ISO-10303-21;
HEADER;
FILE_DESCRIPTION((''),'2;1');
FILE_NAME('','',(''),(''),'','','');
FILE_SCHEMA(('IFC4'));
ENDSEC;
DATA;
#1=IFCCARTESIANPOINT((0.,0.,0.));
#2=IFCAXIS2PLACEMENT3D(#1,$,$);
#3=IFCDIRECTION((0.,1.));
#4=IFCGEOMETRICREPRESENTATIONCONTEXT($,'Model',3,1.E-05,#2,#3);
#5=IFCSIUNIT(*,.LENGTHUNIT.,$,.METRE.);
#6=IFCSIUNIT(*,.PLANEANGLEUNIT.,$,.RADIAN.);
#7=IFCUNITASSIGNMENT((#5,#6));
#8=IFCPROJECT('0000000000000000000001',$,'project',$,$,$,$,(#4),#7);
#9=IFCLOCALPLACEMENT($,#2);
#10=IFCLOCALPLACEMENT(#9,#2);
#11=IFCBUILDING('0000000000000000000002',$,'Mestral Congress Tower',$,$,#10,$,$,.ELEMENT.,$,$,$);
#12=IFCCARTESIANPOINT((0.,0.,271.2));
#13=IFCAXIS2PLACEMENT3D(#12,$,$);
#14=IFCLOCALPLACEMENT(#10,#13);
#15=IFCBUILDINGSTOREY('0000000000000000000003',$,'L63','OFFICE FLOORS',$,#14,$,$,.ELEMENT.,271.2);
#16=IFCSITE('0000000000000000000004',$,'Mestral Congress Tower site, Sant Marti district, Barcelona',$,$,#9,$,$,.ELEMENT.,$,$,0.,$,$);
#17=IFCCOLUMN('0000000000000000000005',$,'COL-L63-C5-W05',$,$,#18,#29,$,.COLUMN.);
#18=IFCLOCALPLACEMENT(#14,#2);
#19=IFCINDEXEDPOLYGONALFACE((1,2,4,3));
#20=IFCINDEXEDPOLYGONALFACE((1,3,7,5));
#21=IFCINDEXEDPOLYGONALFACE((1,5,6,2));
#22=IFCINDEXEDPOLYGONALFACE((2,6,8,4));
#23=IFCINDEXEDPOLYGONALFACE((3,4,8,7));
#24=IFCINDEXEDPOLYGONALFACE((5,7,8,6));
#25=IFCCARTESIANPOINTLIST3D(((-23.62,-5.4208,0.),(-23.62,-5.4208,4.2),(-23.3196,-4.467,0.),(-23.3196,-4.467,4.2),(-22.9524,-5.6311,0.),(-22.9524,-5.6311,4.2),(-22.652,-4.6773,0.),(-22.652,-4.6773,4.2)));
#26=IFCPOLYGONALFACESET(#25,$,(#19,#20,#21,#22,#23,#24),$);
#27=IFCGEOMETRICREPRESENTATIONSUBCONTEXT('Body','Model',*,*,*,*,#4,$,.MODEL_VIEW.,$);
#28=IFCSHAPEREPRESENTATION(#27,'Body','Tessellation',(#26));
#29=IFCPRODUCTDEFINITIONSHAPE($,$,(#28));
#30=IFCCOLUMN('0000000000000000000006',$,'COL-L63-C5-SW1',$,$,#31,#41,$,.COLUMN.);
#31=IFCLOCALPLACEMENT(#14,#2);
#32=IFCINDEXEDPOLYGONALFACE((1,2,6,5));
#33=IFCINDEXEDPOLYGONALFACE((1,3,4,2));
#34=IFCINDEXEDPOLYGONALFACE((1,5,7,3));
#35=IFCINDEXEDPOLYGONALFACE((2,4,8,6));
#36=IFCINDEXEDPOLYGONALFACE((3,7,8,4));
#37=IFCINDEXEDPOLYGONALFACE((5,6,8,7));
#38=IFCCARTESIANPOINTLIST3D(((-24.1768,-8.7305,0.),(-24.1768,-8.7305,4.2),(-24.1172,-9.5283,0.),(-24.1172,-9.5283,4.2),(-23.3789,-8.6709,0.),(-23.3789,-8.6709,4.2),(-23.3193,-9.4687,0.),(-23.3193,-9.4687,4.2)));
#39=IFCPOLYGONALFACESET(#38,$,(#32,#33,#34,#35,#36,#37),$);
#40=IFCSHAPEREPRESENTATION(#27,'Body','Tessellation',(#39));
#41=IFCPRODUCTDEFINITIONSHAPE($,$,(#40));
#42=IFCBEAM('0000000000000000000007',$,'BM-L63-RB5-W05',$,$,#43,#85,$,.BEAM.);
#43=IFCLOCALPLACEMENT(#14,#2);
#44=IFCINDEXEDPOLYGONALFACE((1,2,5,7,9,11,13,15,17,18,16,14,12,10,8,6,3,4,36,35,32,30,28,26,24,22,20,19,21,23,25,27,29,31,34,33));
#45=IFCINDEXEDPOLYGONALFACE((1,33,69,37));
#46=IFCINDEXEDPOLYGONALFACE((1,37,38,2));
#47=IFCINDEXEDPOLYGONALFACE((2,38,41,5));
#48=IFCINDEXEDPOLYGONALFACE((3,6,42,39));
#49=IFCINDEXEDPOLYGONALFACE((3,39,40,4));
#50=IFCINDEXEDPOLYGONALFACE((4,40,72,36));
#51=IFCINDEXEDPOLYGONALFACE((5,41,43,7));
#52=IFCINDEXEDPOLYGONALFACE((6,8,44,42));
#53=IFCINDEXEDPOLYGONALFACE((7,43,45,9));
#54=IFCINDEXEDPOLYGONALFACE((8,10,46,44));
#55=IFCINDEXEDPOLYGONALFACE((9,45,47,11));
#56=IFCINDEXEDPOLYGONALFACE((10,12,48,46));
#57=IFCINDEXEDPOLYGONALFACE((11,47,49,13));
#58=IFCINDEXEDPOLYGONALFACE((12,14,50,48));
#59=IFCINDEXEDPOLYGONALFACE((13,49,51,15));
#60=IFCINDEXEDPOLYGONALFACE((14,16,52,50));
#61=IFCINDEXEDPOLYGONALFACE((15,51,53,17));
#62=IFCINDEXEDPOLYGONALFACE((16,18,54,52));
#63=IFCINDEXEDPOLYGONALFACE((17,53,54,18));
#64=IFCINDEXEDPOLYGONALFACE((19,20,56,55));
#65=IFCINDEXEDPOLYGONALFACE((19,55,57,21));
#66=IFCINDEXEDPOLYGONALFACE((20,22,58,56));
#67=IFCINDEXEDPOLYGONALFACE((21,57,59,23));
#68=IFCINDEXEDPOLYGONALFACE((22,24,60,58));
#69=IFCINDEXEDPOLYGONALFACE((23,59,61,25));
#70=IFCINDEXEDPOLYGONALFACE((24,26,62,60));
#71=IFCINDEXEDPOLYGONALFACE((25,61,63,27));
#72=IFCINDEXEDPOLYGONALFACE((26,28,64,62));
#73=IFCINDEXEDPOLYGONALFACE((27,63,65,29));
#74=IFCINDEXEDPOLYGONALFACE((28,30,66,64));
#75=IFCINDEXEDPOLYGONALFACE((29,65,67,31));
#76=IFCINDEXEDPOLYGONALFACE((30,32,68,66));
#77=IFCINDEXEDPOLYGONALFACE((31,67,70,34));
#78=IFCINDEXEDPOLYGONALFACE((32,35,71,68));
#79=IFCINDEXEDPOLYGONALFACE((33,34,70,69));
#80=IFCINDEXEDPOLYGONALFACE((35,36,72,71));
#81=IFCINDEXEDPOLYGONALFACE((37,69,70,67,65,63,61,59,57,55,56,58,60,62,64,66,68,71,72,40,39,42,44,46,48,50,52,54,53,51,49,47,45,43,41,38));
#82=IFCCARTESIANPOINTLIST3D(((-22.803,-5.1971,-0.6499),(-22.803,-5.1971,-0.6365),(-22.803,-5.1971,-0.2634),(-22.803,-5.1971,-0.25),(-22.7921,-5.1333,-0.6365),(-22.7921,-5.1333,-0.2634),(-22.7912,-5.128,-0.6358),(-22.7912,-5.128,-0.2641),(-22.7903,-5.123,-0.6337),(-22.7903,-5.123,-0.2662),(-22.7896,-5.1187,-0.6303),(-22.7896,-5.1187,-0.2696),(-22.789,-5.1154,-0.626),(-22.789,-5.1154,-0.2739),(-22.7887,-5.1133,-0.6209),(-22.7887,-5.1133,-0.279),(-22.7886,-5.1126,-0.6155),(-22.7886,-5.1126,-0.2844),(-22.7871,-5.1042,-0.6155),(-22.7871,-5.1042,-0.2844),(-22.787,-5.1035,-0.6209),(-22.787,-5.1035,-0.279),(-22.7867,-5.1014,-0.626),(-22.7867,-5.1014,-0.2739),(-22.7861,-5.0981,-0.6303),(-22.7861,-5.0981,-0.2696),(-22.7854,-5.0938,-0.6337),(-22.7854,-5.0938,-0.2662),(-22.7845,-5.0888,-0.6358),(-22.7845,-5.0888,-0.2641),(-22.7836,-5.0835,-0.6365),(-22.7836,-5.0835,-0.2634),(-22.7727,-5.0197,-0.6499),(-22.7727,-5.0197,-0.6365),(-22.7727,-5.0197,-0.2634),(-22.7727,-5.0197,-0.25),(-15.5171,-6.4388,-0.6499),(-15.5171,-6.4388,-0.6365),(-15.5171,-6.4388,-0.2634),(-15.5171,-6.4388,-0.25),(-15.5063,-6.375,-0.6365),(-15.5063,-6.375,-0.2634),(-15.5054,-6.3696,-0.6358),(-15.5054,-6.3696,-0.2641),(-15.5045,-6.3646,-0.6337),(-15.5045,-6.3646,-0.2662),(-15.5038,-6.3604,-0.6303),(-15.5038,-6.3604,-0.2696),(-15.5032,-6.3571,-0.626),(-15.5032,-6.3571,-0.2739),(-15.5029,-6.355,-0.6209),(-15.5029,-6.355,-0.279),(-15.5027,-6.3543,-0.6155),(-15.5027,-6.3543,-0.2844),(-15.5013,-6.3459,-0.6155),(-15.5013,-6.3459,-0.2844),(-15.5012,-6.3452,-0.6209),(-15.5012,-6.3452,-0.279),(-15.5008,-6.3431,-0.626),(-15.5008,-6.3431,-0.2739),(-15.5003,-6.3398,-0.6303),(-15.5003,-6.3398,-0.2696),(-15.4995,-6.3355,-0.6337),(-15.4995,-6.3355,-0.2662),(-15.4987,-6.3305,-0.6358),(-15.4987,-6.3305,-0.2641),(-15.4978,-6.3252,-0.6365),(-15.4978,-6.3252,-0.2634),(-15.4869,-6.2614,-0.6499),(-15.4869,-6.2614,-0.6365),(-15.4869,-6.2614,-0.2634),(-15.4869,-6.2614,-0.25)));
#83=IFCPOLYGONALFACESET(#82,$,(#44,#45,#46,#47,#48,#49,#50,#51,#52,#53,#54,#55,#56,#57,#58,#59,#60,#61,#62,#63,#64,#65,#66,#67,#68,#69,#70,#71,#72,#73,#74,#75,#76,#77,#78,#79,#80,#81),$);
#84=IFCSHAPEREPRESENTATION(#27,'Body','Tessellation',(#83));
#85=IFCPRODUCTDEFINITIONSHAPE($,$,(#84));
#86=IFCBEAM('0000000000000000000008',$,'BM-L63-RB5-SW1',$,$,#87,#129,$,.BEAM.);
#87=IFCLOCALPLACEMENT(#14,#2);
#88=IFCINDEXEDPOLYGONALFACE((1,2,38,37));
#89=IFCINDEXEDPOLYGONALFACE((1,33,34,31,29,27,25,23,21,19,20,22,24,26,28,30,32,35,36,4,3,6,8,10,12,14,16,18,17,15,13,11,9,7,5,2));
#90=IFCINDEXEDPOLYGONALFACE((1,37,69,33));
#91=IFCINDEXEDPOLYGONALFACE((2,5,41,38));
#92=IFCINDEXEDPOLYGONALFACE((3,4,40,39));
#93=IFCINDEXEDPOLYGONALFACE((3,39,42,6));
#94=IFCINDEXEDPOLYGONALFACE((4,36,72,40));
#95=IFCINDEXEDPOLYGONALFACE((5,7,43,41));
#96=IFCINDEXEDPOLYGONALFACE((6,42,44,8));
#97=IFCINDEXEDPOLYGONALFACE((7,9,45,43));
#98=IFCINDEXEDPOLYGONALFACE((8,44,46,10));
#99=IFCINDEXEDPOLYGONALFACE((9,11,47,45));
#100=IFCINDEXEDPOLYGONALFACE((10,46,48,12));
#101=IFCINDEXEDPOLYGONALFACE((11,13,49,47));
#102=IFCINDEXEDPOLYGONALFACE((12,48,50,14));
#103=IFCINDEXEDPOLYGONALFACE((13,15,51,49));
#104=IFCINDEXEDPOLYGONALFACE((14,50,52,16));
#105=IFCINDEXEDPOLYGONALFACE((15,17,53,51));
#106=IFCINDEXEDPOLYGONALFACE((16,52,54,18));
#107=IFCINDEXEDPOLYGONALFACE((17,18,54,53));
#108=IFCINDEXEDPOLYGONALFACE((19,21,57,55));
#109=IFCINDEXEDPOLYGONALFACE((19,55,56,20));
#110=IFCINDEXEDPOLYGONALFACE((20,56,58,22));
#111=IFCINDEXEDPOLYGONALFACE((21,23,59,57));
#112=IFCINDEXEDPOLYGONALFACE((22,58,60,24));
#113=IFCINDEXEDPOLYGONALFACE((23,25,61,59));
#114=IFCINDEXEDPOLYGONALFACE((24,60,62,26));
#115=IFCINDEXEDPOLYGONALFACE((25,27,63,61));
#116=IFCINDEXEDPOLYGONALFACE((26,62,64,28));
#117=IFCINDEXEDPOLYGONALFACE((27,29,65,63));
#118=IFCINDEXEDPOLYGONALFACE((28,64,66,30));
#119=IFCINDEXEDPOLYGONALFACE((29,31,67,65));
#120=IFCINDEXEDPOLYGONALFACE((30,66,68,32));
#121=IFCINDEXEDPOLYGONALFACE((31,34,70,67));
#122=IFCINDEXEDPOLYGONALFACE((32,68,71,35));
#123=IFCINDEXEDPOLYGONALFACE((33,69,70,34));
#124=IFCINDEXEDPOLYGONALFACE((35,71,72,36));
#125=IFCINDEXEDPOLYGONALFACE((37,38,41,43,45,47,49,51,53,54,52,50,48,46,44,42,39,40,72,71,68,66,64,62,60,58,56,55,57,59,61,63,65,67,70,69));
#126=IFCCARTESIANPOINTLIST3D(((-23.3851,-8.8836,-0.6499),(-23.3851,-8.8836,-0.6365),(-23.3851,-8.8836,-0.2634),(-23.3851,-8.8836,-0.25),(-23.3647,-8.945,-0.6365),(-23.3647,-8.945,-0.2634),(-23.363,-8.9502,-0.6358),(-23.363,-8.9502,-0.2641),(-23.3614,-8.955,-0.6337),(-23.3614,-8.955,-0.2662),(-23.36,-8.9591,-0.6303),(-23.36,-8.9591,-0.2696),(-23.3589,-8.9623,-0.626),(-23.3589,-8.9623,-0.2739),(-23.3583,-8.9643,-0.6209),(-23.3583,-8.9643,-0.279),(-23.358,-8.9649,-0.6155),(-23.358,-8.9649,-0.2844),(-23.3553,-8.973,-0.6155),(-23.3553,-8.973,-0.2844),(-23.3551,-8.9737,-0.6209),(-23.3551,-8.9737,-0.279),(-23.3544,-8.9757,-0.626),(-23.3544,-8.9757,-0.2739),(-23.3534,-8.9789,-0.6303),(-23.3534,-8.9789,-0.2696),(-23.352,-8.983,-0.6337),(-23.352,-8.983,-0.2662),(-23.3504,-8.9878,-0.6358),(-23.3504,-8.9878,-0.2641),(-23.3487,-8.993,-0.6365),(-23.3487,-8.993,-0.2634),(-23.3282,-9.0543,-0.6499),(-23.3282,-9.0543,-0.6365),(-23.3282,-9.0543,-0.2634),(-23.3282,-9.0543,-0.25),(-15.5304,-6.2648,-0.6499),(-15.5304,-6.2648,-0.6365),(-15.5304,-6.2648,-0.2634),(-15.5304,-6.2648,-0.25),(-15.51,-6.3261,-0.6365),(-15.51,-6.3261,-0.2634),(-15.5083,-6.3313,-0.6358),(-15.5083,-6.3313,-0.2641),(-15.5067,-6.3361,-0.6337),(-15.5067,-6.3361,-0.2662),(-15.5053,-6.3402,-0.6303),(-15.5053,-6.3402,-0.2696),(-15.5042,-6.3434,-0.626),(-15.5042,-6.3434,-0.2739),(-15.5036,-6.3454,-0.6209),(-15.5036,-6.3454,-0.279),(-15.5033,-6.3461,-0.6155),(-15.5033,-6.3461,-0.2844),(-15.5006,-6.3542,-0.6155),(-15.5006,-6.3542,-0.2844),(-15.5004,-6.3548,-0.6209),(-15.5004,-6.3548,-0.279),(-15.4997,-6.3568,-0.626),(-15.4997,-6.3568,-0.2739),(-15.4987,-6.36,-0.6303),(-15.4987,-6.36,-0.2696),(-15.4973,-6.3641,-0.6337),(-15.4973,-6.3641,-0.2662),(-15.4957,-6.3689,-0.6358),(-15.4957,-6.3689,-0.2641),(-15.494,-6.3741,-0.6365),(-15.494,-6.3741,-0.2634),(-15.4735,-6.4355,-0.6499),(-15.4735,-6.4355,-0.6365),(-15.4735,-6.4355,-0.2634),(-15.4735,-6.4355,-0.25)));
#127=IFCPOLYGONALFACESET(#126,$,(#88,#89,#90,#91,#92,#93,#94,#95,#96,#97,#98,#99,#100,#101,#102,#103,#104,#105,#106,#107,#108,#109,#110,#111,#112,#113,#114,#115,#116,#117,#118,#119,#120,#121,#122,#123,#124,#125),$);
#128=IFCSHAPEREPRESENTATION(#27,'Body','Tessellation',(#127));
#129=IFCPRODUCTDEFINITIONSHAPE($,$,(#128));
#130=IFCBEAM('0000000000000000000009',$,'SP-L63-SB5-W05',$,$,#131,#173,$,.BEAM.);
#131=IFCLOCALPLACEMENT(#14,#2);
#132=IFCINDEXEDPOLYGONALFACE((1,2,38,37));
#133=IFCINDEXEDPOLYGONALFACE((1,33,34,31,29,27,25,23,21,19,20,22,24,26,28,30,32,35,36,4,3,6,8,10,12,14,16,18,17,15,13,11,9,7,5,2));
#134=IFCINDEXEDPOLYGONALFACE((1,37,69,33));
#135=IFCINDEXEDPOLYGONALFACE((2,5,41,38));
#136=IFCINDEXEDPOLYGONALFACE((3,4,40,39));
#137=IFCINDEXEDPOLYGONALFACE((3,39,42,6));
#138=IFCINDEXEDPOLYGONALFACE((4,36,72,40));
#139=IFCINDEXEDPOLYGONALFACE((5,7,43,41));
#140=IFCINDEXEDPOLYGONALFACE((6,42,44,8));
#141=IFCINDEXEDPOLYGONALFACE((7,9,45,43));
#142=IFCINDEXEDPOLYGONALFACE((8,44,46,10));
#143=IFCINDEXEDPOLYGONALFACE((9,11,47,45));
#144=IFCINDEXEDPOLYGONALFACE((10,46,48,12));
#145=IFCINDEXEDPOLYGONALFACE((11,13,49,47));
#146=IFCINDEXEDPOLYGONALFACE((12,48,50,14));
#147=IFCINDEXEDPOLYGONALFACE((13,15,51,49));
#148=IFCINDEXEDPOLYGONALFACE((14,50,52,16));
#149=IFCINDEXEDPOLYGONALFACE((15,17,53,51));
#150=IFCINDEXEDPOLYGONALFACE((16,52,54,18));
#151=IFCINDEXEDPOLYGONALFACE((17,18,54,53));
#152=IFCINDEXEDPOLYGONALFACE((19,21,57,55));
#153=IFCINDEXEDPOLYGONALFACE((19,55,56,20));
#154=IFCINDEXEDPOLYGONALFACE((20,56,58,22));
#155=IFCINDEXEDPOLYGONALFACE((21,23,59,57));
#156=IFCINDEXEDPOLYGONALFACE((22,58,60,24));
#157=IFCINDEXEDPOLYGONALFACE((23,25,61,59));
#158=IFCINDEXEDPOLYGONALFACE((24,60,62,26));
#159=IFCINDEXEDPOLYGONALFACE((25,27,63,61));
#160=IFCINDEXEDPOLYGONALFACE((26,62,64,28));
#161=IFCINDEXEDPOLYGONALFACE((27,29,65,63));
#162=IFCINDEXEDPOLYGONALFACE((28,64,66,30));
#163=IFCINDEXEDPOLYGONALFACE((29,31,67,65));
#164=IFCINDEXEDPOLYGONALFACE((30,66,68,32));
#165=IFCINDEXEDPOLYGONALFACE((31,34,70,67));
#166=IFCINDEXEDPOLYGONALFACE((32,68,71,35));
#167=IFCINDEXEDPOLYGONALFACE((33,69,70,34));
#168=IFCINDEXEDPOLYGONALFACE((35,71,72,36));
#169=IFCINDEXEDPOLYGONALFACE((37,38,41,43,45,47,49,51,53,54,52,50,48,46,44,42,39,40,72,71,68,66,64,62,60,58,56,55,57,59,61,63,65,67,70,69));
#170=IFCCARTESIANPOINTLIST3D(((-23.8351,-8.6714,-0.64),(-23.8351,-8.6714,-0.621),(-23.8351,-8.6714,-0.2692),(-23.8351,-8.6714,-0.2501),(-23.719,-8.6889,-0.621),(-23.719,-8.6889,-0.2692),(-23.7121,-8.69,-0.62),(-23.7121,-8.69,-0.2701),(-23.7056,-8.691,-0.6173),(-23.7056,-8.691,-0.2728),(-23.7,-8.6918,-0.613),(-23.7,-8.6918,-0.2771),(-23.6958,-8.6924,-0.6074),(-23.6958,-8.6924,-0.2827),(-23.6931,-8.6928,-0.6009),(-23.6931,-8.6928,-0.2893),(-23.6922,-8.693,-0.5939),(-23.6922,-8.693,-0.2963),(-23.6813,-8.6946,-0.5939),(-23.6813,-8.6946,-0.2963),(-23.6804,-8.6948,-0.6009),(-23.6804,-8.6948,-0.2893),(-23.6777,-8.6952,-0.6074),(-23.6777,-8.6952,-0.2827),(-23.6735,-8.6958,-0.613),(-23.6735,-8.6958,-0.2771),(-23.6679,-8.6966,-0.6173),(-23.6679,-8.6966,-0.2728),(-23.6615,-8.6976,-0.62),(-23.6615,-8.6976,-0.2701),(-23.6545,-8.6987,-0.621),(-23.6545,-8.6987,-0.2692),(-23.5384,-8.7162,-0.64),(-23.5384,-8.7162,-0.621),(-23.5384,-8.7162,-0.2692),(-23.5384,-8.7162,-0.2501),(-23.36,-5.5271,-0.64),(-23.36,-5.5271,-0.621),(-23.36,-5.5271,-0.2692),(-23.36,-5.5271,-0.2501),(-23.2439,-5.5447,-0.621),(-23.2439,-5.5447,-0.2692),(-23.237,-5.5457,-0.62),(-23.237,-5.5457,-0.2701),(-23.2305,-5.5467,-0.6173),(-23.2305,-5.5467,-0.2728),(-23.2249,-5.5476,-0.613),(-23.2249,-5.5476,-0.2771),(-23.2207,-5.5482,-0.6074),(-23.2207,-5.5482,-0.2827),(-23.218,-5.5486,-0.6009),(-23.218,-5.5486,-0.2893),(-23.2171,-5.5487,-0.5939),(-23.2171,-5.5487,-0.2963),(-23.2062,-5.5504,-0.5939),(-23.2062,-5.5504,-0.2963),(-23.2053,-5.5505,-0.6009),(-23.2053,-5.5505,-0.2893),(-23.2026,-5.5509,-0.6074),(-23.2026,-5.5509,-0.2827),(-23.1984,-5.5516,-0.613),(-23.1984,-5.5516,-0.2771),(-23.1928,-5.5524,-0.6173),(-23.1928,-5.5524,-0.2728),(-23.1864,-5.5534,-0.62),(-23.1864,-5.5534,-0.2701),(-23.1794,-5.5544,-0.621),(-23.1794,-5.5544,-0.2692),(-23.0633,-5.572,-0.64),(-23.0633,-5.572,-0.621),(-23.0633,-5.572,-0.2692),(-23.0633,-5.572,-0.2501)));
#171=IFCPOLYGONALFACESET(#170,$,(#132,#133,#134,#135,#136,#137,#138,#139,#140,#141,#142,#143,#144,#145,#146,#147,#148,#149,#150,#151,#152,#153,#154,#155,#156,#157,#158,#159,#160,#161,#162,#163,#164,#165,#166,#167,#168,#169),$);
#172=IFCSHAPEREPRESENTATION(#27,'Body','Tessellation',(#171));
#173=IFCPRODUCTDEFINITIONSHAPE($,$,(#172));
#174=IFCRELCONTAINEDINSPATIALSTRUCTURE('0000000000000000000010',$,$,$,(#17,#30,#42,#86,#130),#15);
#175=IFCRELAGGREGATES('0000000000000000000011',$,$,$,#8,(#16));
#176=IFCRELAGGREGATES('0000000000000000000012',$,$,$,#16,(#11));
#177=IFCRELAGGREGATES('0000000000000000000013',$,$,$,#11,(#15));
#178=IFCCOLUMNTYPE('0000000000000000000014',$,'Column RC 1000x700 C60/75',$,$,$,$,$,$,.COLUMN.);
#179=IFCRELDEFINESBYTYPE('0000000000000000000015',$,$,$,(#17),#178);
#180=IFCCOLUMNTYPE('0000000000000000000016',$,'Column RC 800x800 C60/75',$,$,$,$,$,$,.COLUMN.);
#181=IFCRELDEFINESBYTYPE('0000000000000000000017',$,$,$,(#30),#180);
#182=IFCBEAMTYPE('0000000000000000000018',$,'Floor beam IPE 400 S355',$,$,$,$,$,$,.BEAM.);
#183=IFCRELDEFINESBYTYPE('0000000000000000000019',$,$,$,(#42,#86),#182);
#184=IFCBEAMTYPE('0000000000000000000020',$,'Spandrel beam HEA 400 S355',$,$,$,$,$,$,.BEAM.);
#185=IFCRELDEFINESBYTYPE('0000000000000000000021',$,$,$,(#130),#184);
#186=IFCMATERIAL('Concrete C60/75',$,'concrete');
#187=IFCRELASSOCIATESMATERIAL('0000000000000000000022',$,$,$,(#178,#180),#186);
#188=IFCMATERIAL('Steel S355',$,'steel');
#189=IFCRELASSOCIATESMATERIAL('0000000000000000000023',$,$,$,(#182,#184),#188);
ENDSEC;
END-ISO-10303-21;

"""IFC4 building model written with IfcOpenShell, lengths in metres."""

from ifc_helpers import new_model, si_unit, direction, frame, origin, origin_2d, place, context, subcontext, project, spatial, rectangle, i_section, extrude, material, material_profile, profile_set, type_object, element, save


model = new_model("IFC4")

# Units and contexts
model_context = context("Model", 3, precision=1e-05, world=origin(), true_north=direction((0.0, 1.0)))
body_context = subcontext(model_context, "Body", "Model", "MODEL_VIEW")
ifc_project = project(units=[si_unit("LENGTHUNIT", "METRE"), si_unit("PLANEANGLEUNIT", "RADIAN")], contexts=[model_context])

# Site, building, storey
site_placement = place(None, origin())
site = spatial("IfcSite", under=ifc_project, at=site_placement, Name="Mestral Congress Tower site, Sant Marti district, Barcelona", CompositionType="ELEMENT", RefElevation=0.0)
building_placement = place(site_placement, origin())
building = spatial("IfcBuilding", under=site, at=building_placement, Name="Mestral Congress Tower", CompositionType="ELEMENT")
storey_placement = place(building_placement, frame((0.0, 0.0, 271.2)))
storey = spatial("IfcBuildingStorey", under=building, at=storey_placement, Name="L63", Description="OFFICE FLOORS", CompositionType="ELEMENT", Elevation=271.2)

# Columns
ifc_material_1 = material(Name="Concrete C60/75", Category="concrete")
ifc_material_profile_1 = material_profile(ifc_material_1, rectangle(XDim=1.0, YDim=0.7, at=origin_2d()), Name="RC 1000x700")
ifc_profile_set_1 = profile_set([ifc_material_profile_1], Name="Concrete C60/75")
column_type_1 = type_object("IfcColumnType", Name="Column RC 1000x700 C60/75", PredefinedType="COLUMN", material=ifc_profile_set_1)
column_1_placement = place(storey_placement, frame((-23.136, -5.0491, 0.0), z_axis=(0.0, 0.0, 1.0), x_axis=(-0.300431, -0.953804, 0.0)))
element("IfcColumn", 1, at=column_1_placement, inside=storey, type_object=column_type_1, Name="COL-L63-C5-W05", PredefinedType="COLUMN", context=body_context, shape_type="SweptSolid", body=[
    extrude(rectangle(XDim=1.0, YDim=0.7, at=origin_2d()), origin(), (0.0, 0.0, 1.0), 4.2),
])
ifc_material_profile_2 = material_profile(ifc_material_1, rectangle(XDim=0.8, YDim=0.8, at=origin_2d()), Name="RC 800x800")
ifc_profile_set_2 = profile_set([ifc_material_profile_2], Name="Concrete C60/75")
column_type_2 = type_object("IfcColumnType", Name="Column RC 800x800 C60/75", PredefinedType="COLUMN", material=ifc_profile_set_2)
column_2_placement = place(storey_placement, frame((-23.748, -9.0996, 0.0), z_axis=(0.0, 0.0, 1.0), x_axis=(0.074511, -0.99722, 0.0)))
element("IfcColumn", 2, at=column_2_placement, inside=storey, type_object=column_type_2, Name="COL-L63-C5-SW1", PredefinedType="COLUMN", context=body_context, shape_type="SweptSolid", body=[
    extrude(rectangle(XDim=0.8, YDim=0.8, at=origin_2d()), origin(), (0.0, 0.0, 1.0), 4.2),
])

# Beams
ifc_material_2 = material(Name="Steel S355", Category="steel")
ifc_material_profile_3 = material_profile(ifc_material_2, i_section(OverallWidth=0.1799, OverallDepth=0.3999, WebThickness=0.0085, FlangeThickness=0.0134, FilletRadius=0.021, at=origin_2d()), Name="IPE 400")
ifc_profile_set_3 = profile_set([ifc_material_profile_3], Name="Steel S355")
beam_type_1 = type_object("IfcBeamType", Name="Floor beam IPE 400 S355", PredefinedType="BEAM", material=ifc_profile_set_3)
beam_1_placement = place(storey_placement, frame((-22.7878, -5.1084, -0.45), z_axis=(0.985787, -0.168003, 0.0), x_axis=(0.168003, 0.985787, 0.0)))
element("IfcBeam", 3, at=beam_1_placement, inside=storey, type_object=beam_type_1, Name="BM-L63-RB5-W05", PredefinedType="BEAM", context=body_context, shape_type="SweptSolid", body=[
    extrude(i_section(OverallWidth=0.1799, OverallDepth=0.3999, WebThickness=0.0085, FlangeThickness=0.0134, FilletRadius=0.021, at=origin_2d()), origin(), (0.0, 0.0, 1.0), 7.3909),
])
beam_2_placement = place(storey_placement, frame((-23.3567, -8.969, -0.45), z_axis=(0.94866, 0.316299, 0.0), x_axis=(-0.316299, 0.94866, 0.0)))
element("IfcBeam", 4, at=beam_2_placement, inside=storey, type_object=beam_type_1, Name="BM-L63-RB5-SW1", PredefinedType="BEAM", context=body_context, shape_type="SweptSolid", body=[
    extrude(i_section(OverallWidth=0.1799, OverallDepth=0.3999, WebThickness=0.0085, FlangeThickness=0.0134, FilletRadius=0.021, at=origin_2d()), origin(), (0.0, 0.0, 1.0), 8.2798),
])
ifc_material_profile_4 = material_profile(ifc_material_2, i_section(OverallWidth=0.3, OverallDepth=0.3899, WebThickness=0.011, FlangeThickness=0.019, FilletRadius=0.0271, at=origin_2d()), Name="HEA 400")
ifc_profile_set_4 = profile_set([ifc_material_profile_4], Name="Steel S355")
beam_type_2 = type_object("IfcBeamType", Name="Spandrel beam HEA 400 S355", PredefinedType="BEAM", material=ifc_profile_set_4)
beam_3_placement = place(storey_placement, frame((-23.2117, -5.5496, -0.4451), z_axis=(-0.149403, -0.988776, 0.0), x_axis=(0.988776, -0.149403, 0.0)))
element("IfcBeam", 5, at=beam_3_placement, inside=storey, type_object=beam_type_2, Name="SP-L63-SB5-W05", PredefinedType="BEAM", context=body_context, shape_type="SweptSolid", body=[
    extrude(i_section(OverallWidth=0.3, OverallDepth=0.3899, WebThickness=0.011, FlangeThickness=0.019, FilletRadius=0.0271, at=origin_2d()), origin(), (0.0, 0.0, 1.0), 3.1799),
])

save(model, "model.ifc")
